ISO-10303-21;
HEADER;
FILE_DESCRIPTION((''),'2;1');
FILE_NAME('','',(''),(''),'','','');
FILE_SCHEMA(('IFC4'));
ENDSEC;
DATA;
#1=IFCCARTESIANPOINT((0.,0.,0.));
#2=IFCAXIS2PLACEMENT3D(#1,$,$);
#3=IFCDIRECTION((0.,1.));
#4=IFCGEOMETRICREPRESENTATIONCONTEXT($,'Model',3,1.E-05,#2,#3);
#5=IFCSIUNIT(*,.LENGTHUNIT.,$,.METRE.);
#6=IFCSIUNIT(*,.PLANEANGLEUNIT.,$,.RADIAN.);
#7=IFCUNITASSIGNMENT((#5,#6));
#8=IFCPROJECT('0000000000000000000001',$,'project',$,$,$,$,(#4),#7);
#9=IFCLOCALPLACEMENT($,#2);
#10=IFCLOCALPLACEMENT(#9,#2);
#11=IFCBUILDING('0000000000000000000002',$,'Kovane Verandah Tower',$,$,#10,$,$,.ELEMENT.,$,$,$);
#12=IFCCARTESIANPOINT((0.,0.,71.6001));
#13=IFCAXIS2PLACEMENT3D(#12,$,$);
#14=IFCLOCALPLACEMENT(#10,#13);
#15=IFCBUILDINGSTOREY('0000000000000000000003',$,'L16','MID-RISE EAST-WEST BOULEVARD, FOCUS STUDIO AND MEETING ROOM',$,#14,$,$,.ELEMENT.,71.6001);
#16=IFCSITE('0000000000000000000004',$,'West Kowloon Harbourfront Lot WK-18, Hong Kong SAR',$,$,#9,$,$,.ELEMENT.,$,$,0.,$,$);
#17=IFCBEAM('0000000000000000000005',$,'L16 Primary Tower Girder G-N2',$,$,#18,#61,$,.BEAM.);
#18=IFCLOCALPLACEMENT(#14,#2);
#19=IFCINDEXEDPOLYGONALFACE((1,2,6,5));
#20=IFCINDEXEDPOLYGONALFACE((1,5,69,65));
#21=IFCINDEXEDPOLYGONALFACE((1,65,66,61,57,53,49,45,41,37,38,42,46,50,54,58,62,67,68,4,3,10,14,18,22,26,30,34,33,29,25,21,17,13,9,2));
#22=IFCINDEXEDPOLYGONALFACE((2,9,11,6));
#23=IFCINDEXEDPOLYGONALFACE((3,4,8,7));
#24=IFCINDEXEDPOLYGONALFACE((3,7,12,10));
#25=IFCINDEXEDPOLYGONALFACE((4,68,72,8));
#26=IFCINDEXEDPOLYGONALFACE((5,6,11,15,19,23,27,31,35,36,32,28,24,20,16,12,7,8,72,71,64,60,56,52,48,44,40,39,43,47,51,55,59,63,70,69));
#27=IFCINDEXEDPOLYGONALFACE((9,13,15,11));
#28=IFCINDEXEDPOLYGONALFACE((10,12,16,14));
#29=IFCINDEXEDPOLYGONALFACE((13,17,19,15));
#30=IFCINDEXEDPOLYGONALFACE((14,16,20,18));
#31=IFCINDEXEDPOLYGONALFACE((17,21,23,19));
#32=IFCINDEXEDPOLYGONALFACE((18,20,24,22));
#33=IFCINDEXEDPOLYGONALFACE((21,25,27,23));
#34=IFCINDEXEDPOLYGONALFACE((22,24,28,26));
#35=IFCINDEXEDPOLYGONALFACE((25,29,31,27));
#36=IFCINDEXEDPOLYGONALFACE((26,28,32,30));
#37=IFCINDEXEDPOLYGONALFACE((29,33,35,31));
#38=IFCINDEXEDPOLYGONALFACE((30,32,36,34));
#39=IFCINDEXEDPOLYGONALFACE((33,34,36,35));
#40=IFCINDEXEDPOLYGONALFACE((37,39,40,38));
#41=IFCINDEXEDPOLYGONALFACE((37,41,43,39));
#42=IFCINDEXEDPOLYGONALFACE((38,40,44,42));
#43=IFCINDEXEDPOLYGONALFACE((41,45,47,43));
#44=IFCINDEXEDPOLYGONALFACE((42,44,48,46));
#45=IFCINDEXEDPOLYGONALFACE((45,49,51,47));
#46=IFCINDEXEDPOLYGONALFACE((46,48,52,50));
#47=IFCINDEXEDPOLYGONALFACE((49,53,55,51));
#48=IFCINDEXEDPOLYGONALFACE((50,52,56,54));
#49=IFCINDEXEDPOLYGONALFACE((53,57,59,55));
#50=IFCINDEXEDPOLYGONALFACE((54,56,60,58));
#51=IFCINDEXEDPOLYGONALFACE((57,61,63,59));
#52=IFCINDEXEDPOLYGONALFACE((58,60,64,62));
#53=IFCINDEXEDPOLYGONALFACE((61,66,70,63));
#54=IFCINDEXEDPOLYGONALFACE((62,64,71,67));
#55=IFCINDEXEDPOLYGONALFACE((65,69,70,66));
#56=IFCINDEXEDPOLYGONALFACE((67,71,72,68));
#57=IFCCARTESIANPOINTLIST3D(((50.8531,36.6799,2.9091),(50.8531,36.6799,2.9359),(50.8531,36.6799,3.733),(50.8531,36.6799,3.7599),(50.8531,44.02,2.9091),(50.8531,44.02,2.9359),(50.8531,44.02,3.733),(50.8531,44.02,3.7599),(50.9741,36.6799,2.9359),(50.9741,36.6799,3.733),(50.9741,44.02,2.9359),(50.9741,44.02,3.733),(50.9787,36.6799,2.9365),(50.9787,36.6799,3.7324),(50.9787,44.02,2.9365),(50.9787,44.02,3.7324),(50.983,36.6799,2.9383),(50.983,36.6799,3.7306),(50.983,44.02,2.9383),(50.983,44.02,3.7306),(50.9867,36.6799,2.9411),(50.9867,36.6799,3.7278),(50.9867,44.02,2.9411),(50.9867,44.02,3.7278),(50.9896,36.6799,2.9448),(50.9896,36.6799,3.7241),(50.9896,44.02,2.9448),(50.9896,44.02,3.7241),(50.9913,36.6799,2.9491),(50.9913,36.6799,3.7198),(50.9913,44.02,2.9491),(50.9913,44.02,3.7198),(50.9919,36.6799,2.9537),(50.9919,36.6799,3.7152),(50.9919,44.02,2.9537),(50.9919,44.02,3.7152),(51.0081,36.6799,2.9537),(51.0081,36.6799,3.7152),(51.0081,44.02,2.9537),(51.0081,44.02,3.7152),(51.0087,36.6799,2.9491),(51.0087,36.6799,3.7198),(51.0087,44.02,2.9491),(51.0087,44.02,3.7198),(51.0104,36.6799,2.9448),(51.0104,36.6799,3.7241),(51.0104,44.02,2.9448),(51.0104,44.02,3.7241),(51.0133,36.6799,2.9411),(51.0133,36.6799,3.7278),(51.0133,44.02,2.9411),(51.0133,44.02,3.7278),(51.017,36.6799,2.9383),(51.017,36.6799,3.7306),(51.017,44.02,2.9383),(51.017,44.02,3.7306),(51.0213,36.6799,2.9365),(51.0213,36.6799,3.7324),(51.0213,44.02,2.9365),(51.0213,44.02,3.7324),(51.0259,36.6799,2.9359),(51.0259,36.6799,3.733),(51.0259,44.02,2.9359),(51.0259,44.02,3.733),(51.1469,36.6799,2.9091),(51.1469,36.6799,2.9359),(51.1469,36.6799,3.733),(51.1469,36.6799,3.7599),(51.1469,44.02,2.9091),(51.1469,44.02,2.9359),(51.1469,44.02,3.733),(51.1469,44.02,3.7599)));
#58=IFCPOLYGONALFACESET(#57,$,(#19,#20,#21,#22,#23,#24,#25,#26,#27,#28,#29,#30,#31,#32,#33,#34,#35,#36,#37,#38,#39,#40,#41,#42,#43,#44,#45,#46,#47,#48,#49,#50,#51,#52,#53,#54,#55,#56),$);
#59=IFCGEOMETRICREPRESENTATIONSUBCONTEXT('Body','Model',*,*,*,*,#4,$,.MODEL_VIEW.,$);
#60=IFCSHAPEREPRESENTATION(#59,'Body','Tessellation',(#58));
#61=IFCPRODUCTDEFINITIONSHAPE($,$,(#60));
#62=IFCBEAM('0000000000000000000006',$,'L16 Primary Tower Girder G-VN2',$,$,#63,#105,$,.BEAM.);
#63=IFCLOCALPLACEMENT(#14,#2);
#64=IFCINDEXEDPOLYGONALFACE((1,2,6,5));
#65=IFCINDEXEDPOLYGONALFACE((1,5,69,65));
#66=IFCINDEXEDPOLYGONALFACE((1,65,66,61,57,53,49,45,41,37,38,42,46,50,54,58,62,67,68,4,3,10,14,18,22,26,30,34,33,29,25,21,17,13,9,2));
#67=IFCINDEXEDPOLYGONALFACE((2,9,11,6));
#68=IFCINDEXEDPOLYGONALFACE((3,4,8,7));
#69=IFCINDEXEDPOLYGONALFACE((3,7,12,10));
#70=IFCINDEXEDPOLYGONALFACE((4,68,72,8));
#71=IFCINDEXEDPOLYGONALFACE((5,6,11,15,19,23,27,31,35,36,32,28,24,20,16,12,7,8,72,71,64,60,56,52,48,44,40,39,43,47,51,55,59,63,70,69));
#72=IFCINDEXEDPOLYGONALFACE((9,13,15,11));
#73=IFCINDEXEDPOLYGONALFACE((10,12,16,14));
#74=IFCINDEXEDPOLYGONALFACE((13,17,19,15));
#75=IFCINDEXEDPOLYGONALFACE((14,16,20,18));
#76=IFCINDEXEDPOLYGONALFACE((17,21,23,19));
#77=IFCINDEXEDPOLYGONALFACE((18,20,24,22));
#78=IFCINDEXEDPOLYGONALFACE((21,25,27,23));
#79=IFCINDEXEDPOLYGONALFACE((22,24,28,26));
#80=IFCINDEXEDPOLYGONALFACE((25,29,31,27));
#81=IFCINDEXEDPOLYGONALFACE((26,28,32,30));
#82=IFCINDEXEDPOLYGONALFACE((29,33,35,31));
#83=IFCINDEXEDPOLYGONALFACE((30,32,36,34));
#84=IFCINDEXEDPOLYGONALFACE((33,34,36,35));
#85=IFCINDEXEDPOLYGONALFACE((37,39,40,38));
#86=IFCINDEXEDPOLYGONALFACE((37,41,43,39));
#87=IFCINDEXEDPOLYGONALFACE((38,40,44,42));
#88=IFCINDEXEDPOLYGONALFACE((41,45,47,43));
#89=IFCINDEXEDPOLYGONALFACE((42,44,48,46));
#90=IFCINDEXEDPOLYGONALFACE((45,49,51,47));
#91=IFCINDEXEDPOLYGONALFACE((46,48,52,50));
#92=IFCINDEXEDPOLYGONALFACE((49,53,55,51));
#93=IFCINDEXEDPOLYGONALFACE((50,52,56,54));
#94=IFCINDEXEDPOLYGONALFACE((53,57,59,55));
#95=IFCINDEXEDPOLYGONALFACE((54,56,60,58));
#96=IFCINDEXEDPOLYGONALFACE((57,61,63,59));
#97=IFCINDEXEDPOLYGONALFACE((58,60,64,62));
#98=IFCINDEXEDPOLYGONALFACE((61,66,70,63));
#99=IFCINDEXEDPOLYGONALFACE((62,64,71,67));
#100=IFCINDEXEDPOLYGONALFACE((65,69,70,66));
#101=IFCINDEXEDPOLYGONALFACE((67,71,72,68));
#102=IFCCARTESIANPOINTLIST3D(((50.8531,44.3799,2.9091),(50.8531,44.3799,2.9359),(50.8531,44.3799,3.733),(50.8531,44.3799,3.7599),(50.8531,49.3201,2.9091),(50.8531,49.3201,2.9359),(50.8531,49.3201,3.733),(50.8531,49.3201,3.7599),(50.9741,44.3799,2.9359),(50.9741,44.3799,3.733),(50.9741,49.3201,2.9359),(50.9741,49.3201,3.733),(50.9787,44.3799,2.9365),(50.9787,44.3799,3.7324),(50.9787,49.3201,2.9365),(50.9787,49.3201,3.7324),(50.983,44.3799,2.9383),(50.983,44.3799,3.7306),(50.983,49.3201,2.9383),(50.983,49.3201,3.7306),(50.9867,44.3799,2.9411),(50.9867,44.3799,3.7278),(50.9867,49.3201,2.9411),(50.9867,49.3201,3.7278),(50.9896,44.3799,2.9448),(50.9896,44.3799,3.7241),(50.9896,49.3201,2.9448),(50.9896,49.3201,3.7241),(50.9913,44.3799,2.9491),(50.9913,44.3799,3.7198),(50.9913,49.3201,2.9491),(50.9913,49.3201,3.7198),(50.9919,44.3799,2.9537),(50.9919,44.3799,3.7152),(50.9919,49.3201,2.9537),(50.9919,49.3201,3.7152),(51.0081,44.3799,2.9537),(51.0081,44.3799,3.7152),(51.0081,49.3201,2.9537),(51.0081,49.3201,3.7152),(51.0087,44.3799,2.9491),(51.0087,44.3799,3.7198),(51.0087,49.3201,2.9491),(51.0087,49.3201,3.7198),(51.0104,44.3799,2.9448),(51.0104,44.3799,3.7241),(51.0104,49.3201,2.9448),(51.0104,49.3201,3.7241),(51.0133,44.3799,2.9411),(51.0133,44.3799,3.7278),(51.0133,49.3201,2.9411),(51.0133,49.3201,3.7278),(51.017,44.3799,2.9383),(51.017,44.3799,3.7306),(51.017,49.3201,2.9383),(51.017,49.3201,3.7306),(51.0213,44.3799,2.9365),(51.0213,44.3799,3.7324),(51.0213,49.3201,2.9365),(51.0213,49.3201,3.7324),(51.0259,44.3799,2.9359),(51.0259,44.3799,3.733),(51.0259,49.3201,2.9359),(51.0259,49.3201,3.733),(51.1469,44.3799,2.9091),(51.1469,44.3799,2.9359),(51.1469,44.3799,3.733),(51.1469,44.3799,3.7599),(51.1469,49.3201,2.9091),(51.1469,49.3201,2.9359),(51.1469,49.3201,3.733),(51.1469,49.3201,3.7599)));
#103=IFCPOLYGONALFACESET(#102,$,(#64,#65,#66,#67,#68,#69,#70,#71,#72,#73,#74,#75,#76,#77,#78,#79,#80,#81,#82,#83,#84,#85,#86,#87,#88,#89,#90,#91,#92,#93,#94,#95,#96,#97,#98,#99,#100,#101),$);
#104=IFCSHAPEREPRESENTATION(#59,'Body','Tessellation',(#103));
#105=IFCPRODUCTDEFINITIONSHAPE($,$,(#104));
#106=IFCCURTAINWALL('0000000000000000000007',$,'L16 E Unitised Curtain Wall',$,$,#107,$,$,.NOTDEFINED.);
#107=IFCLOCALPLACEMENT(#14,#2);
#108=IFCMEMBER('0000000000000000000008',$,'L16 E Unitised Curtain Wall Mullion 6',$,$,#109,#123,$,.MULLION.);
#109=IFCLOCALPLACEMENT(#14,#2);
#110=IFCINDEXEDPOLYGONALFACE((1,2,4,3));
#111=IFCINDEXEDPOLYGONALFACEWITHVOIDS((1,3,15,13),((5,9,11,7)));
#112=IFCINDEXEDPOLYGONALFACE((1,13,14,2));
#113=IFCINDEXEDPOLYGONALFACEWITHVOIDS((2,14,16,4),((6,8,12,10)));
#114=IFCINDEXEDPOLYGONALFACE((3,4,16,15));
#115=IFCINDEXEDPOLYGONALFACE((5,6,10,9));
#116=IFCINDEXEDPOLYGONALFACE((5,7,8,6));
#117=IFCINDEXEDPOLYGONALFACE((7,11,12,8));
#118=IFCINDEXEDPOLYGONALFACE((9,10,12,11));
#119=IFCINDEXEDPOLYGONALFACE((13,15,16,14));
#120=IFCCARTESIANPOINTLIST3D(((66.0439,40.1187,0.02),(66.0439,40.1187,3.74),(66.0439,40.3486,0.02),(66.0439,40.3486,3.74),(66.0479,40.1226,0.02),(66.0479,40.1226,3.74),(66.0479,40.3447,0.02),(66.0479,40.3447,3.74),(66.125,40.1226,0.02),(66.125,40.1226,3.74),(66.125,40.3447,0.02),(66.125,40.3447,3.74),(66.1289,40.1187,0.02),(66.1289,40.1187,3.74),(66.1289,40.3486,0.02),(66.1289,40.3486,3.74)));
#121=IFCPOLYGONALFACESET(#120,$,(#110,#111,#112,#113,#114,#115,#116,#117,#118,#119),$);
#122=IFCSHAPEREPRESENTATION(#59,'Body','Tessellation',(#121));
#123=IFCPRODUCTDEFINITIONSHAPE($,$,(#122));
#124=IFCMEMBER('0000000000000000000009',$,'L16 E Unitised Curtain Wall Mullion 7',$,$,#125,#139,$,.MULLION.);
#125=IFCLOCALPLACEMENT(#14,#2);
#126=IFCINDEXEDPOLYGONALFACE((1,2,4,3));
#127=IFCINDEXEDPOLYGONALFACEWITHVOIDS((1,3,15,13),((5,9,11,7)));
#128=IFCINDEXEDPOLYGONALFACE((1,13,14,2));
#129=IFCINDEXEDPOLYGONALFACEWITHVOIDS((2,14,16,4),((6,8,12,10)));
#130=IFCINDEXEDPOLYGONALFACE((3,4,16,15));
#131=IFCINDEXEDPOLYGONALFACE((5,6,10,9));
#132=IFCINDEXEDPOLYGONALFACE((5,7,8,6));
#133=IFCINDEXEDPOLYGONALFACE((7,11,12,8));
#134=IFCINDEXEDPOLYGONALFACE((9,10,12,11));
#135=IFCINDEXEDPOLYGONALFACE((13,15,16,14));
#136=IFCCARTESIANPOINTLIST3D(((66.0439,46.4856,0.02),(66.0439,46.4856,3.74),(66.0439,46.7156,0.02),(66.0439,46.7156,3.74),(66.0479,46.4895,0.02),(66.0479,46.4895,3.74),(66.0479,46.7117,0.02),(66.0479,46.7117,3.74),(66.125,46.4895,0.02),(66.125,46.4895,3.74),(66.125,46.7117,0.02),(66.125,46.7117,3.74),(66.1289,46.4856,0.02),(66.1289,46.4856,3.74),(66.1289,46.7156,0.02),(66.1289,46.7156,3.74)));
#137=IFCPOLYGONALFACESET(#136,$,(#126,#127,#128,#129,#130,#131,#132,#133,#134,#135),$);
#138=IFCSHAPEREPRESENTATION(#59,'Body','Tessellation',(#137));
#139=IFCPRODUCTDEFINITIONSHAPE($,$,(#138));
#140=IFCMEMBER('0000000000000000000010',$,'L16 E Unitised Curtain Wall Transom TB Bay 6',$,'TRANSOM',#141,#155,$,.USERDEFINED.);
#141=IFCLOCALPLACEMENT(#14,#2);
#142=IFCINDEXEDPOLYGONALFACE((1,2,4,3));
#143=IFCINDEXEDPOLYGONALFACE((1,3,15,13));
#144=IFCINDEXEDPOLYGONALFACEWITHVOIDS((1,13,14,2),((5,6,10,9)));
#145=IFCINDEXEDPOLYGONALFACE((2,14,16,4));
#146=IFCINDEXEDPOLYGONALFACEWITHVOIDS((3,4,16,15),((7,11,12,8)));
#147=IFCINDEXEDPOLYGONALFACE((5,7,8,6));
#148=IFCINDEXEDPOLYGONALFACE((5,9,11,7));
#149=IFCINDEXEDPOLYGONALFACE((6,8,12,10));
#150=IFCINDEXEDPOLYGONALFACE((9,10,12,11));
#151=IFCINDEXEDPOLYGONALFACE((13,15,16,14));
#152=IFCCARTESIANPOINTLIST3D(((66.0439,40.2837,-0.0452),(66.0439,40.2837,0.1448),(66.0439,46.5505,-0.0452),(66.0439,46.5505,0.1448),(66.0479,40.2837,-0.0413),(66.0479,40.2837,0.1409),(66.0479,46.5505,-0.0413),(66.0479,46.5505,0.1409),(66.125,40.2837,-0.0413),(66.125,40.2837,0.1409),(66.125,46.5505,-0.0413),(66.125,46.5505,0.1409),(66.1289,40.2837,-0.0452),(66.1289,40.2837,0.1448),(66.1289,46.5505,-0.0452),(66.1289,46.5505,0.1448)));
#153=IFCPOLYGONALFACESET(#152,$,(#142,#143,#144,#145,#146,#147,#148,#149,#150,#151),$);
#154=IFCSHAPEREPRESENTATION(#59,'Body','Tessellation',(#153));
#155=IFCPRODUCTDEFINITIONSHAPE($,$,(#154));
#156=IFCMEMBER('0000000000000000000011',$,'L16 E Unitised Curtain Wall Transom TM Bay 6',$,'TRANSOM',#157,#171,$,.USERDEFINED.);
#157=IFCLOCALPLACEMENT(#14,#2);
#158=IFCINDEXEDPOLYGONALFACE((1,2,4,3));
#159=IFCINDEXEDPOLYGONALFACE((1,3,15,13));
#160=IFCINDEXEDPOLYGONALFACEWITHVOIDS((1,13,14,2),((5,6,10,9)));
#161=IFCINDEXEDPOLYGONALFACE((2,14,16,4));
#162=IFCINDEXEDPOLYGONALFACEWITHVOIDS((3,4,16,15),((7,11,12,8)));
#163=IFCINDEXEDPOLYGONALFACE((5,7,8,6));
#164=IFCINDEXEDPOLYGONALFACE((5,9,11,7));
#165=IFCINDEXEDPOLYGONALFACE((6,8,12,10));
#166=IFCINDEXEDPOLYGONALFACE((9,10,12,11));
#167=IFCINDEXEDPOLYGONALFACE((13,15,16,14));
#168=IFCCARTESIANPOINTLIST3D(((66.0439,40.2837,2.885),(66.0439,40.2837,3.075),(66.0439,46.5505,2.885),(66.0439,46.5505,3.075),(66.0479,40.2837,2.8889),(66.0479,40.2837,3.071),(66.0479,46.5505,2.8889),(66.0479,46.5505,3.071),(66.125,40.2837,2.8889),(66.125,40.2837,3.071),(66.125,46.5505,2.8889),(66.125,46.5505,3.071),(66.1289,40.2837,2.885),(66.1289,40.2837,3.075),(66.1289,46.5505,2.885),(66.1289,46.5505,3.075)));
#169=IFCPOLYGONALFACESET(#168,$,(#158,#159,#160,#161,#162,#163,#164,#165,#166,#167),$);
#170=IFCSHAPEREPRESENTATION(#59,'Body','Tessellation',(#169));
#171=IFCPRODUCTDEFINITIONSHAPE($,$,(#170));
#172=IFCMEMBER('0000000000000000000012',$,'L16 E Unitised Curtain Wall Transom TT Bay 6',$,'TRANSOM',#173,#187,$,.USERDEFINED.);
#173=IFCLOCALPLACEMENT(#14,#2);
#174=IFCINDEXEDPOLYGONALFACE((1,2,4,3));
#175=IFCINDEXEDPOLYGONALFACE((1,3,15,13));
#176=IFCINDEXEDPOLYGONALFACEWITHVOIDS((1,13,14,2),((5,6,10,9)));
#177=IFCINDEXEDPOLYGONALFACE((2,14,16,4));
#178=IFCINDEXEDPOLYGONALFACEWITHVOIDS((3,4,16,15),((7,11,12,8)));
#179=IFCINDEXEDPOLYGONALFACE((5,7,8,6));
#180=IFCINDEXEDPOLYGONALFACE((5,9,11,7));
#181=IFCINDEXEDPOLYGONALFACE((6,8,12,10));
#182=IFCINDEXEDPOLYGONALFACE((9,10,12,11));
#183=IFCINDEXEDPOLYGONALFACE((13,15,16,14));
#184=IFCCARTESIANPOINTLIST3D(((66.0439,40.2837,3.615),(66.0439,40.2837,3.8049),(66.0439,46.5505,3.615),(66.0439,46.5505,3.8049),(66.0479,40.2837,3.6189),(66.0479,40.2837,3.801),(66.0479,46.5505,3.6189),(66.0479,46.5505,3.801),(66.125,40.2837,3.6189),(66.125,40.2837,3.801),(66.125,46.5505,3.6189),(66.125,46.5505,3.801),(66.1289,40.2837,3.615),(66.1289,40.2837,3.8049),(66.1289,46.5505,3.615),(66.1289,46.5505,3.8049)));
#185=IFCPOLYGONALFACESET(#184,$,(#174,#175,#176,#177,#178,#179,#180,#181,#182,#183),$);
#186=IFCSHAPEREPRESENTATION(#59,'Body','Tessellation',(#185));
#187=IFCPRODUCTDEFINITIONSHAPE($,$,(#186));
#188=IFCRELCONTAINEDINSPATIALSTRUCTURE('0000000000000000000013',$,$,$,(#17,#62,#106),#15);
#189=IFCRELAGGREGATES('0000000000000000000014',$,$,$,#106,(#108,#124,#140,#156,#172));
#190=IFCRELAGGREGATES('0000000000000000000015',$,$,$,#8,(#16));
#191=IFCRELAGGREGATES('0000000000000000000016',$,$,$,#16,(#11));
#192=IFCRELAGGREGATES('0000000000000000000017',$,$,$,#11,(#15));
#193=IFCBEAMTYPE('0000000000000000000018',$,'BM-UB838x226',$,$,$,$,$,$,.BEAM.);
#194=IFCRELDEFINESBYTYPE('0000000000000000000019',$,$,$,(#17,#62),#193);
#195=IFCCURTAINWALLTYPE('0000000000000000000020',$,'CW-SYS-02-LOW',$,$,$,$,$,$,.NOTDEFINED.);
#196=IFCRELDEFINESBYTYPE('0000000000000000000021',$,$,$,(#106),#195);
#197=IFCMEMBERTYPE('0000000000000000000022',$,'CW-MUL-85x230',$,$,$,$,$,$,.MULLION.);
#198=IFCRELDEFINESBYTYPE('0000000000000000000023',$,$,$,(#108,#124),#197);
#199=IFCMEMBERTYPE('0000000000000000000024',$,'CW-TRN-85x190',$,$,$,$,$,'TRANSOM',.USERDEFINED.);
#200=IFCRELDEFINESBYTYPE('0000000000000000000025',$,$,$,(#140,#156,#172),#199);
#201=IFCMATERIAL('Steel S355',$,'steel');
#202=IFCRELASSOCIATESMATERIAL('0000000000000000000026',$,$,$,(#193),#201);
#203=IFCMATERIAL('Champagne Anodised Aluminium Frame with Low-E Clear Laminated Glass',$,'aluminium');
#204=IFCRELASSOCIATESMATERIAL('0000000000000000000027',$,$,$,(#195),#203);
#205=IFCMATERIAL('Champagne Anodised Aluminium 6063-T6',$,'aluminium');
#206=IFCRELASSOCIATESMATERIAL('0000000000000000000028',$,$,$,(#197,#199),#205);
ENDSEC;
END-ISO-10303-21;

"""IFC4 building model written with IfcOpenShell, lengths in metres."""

from ifc_helpers import new_model, si_unit, direction, frame, origin, origin_2d, place, context, subcontext, project, spatial, hollow_rectangle, i_section, extrude, material, material_profile, profile_set, type_object, element, aggregate, save


model = new_model("IFC4")

# Units and contexts
model_context = context("Model", 3, precision=1e-05, world=origin(), true_north=direction((0.0, 1.0)))
body_context = subcontext(model_context, "Body", "Model", "MODEL_VIEW")
ifc_project = project(units=[si_unit("LENGTHUNIT", "METRE"), si_unit("PLANEANGLEUNIT", "RADIAN")], contexts=[model_context])

# Site, building, storey
site_placement = place(None, origin())
site = spatial("IfcSite", under=ifc_project, at=site_placement, Name="West Kowloon Harbourfront Lot WK-18, Hong Kong SAR", CompositionType="ELEMENT", RefElevation=0.0)
building_placement = place(site_placement, origin())
building = spatial("IfcBuilding", under=site, at=building_placement, Name="Kovane Verandah Tower", CompositionType="ELEMENT")
storey_placement = place(building_placement, frame((0.0, 0.0, 71.6001)))
storey = spatial("IfcBuildingStorey", under=building, at=storey_placement, Name="L16", Description="MID-RISE EAST-WEST BOULEVARD, FOCUS STUDIO AND MEETING ROOM", CompositionType="ELEMENT", Elevation=71.6001)

# Beams
ifc_material_1 = material(Name="Steel S355", Category="steel")
ifc_material_profile_1 = material_profile(ifc_material_1, i_section(OverallWidth=0.2937, OverallDepth=0.8508, WebThickness=0.0161, FlangeThickness=0.0269, FilletRadius=0.0178, at=origin_2d()), Name="UB838x292x226")
ifc_profile_set_1 = profile_set([ifc_material_profile_1], Name="Steel S355")
beam_type_1 = type_object("IfcBeamType", Name="BM-UB838x226", PredefinedType="BEAM", material=ifc_profile_set_1)
for number, where, z_axis, x_axis, name in (
    (1, (51.0, 36.6799, 3.3345), (0.0, 1.0, 0.0), (-1.0, 0.0, 0.0), "L16 Primary Tower Girder G-N2"),
):
    element("IfcBeam", number, at=place(storey_placement, frame(where, z_axis=z_axis, x_axis=x_axis)), inside=storey, type_object=beam_type_1, Name=name, PredefinedType="BEAM", context=body_context, shape_type="SweptSolid", body=[
        extrude(i_section(OverallWidth=0.2937, OverallDepth=0.8508, WebThickness=0.0161, FlangeThickness=0.0269, FilletRadius=0.0178, at=origin_2d()), origin(), (0.0, 0.0, 1.0), 7.3401),
    ])
beam_1_placement = place(storey_placement, frame((51.0, 44.3799, 3.3345), z_axis=(0.0, 1.0, 0.0), x_axis=(-1.0, 0.0, 0.0)))
element("IfcBeam", 2, at=beam_1_placement, inside=storey, type_object=beam_type_1, Name="L16 Primary Tower Girder G-VN2", PredefinedType="BEAM", context=body_context, shape_type="SweptSolid", body=[
    extrude(i_section(OverallWidth=0.2937, OverallDepth=0.8508, WebThickness=0.0161, FlangeThickness=0.0269, FilletRadius=0.0178, at=origin_2d()), origin(), (0.0, 0.0, 1.0), 4.9402),
])

# Curtain wall, members
ifc_material_2 = material(Name="Champagne Anodised Aluminium Frame with Low-E Clear Laminated Glass", Category="aluminium")
curtain_wall_type = type_object("IfcCurtainWallType", Name="CW-SYS-02-LOW", PredefinedType="NOTDEFINED", material=ifc_material_2)
curtain_wall_placement = place(storey_placement, origin())
curtain_wall = element("IfcCurtainWall", 3, at=curtain_wall_placement, inside=storey, type_object=curtain_wall_type, Name="L16 E Unitised Curtain Wall", PredefinedType="NOTDEFINED")
ifc_material_3 = material(Name="Champagne Anodised Aluminium 6063-T6", Category="aluminium")
ifc_material_profile_2 = material_profile(ifc_material_3, hollow_rectangle(XDim=0.085, YDim=0.23, WallThickness=0.0039, at=origin_2d()), Name="AL85x230x4")
ifc_profile_set_2 = profile_set([ifc_material_profile_2], Name="Champagne Anodised Aluminium 6063-T6")
member_type_1 = type_object("IfcMemberType", Name="CW-MUL-85x230", PredefinedType="MULLION", material=ifc_profile_set_2)
member_1_placement = place(storey_placement, frame((66.0864, 40.2336, 0.02), z_axis=(0.0, 0.0, 1.0), x_axis=(1.0, 0.0, 0.0)))
member_1 = element("IfcMember", 4, at=member_1_placement, type_object=member_type_1, Name="L16 E Unitised Curtain Wall Mullion 6", PredefinedType="MULLION", context=body_context, shape_type="SweptSolid", body=[
    extrude(hollow_rectangle(XDim=0.085, YDim=0.23, WallThickness=0.0039, at=origin_2d()), origin(), (0.0, 0.0, 1.0), 3.72),
])
member_2_placement = place(storey_placement, frame((66.0864, 46.6006, 0.02), z_axis=(0.0, 0.0, 1.0), x_axis=(1.0, 0.0, 0.0)))
member_2 = element("IfcMember", 5, at=member_2_placement, type_object=member_type_1, Name="L16 E Unitised Curtain Wall Mullion 7", PredefinedType="MULLION", context=body_context, shape_type="SweptSolid", body=[
    extrude(hollow_rectangle(XDim=0.085, YDim=0.23, WallThickness=0.0039, at=origin_2d()), origin(), (0.0, 0.0, 1.0), 3.72),
])
ifc_material_profile_3 = material_profile(ifc_material_3, hollow_rectangle(XDim=0.085, YDim=0.1899, WallThickness=0.0039, at=origin_2d()), Name="AL85x190x4")
ifc_profile_set_3 = profile_set([ifc_material_profile_3], Name="Champagne Anodised Aluminium 6063-T6")
member_type_2 = type_object("IfcMemberType", Name="CW-TRN-85x190", ElementType="TRANSOM", PredefinedType="USERDEFINED", material=ifc_profile_set_3)
member_3_placement = place(storey_placement, frame((66.0864, 40.2837, 0.0498), z_axis=(0.0, 1.0, 0.0), x_axis=(-1.0, 0.0, 0.0)))
member_3 = element("IfcMember", 6, at=member_3_placement, type_object=member_type_2, Name="L16 E Unitised Curtain Wall Transom TB Bay 6", ObjectType="TRANSOM", PredefinedType="USERDEFINED", context=body_context, shape_type="SweptSolid", body=[
    extrude(hollow_rectangle(XDim=0.085, YDim=0.1899, WallThickness=0.0039, at=origin_2d()), origin(), (0.0, 0.0, 1.0), 6.2668),
])
member_4_placement = place(storey_placement, frame((66.0864, 40.2837, 2.98), z_axis=(0.0, 1.0, 0.0), x_axis=(-1.0, 0.0, 0.0)))
member_4 = element("IfcMember", 7, at=member_4_placement, type_object=member_type_2, Name="L16 E Unitised Curtain Wall Transom TM Bay 6", ObjectType="TRANSOM", PredefinedType="USERDEFINED", context=body_context, shape_type="SweptSolid", body=[
    extrude(hollow_rectangle(XDim=0.085, YDim=0.1899, WallThickness=0.0039, at=origin_2d()), origin(), (0.0, 0.0, 1.0), 6.2668),
])
member_5_placement = place(storey_placement, frame((66.0864, 40.2837, 3.71), z_axis=(0.0, 1.0, 0.0), x_axis=(-1.0, 0.0, 0.0)))
member_5 = element("IfcMember", 8, at=member_5_placement, type_object=member_type_2, Name="L16 E Unitised Curtain Wall Transom TT Bay 6", ObjectType="TRANSOM", PredefinedType="USERDEFINED", context=body_context, shape_type="SweptSolid", body=[
    extrude(hollow_rectangle(XDim=0.085, YDim=0.1899, WallThickness=0.0039, at=origin_2d()), origin(), (0.0, 0.0, 1.0), 6.2668),
])

aggregate(curtain_wall, [member_1, member_2, member_3, member_4, member_5])

save(model, "model.ifc")
